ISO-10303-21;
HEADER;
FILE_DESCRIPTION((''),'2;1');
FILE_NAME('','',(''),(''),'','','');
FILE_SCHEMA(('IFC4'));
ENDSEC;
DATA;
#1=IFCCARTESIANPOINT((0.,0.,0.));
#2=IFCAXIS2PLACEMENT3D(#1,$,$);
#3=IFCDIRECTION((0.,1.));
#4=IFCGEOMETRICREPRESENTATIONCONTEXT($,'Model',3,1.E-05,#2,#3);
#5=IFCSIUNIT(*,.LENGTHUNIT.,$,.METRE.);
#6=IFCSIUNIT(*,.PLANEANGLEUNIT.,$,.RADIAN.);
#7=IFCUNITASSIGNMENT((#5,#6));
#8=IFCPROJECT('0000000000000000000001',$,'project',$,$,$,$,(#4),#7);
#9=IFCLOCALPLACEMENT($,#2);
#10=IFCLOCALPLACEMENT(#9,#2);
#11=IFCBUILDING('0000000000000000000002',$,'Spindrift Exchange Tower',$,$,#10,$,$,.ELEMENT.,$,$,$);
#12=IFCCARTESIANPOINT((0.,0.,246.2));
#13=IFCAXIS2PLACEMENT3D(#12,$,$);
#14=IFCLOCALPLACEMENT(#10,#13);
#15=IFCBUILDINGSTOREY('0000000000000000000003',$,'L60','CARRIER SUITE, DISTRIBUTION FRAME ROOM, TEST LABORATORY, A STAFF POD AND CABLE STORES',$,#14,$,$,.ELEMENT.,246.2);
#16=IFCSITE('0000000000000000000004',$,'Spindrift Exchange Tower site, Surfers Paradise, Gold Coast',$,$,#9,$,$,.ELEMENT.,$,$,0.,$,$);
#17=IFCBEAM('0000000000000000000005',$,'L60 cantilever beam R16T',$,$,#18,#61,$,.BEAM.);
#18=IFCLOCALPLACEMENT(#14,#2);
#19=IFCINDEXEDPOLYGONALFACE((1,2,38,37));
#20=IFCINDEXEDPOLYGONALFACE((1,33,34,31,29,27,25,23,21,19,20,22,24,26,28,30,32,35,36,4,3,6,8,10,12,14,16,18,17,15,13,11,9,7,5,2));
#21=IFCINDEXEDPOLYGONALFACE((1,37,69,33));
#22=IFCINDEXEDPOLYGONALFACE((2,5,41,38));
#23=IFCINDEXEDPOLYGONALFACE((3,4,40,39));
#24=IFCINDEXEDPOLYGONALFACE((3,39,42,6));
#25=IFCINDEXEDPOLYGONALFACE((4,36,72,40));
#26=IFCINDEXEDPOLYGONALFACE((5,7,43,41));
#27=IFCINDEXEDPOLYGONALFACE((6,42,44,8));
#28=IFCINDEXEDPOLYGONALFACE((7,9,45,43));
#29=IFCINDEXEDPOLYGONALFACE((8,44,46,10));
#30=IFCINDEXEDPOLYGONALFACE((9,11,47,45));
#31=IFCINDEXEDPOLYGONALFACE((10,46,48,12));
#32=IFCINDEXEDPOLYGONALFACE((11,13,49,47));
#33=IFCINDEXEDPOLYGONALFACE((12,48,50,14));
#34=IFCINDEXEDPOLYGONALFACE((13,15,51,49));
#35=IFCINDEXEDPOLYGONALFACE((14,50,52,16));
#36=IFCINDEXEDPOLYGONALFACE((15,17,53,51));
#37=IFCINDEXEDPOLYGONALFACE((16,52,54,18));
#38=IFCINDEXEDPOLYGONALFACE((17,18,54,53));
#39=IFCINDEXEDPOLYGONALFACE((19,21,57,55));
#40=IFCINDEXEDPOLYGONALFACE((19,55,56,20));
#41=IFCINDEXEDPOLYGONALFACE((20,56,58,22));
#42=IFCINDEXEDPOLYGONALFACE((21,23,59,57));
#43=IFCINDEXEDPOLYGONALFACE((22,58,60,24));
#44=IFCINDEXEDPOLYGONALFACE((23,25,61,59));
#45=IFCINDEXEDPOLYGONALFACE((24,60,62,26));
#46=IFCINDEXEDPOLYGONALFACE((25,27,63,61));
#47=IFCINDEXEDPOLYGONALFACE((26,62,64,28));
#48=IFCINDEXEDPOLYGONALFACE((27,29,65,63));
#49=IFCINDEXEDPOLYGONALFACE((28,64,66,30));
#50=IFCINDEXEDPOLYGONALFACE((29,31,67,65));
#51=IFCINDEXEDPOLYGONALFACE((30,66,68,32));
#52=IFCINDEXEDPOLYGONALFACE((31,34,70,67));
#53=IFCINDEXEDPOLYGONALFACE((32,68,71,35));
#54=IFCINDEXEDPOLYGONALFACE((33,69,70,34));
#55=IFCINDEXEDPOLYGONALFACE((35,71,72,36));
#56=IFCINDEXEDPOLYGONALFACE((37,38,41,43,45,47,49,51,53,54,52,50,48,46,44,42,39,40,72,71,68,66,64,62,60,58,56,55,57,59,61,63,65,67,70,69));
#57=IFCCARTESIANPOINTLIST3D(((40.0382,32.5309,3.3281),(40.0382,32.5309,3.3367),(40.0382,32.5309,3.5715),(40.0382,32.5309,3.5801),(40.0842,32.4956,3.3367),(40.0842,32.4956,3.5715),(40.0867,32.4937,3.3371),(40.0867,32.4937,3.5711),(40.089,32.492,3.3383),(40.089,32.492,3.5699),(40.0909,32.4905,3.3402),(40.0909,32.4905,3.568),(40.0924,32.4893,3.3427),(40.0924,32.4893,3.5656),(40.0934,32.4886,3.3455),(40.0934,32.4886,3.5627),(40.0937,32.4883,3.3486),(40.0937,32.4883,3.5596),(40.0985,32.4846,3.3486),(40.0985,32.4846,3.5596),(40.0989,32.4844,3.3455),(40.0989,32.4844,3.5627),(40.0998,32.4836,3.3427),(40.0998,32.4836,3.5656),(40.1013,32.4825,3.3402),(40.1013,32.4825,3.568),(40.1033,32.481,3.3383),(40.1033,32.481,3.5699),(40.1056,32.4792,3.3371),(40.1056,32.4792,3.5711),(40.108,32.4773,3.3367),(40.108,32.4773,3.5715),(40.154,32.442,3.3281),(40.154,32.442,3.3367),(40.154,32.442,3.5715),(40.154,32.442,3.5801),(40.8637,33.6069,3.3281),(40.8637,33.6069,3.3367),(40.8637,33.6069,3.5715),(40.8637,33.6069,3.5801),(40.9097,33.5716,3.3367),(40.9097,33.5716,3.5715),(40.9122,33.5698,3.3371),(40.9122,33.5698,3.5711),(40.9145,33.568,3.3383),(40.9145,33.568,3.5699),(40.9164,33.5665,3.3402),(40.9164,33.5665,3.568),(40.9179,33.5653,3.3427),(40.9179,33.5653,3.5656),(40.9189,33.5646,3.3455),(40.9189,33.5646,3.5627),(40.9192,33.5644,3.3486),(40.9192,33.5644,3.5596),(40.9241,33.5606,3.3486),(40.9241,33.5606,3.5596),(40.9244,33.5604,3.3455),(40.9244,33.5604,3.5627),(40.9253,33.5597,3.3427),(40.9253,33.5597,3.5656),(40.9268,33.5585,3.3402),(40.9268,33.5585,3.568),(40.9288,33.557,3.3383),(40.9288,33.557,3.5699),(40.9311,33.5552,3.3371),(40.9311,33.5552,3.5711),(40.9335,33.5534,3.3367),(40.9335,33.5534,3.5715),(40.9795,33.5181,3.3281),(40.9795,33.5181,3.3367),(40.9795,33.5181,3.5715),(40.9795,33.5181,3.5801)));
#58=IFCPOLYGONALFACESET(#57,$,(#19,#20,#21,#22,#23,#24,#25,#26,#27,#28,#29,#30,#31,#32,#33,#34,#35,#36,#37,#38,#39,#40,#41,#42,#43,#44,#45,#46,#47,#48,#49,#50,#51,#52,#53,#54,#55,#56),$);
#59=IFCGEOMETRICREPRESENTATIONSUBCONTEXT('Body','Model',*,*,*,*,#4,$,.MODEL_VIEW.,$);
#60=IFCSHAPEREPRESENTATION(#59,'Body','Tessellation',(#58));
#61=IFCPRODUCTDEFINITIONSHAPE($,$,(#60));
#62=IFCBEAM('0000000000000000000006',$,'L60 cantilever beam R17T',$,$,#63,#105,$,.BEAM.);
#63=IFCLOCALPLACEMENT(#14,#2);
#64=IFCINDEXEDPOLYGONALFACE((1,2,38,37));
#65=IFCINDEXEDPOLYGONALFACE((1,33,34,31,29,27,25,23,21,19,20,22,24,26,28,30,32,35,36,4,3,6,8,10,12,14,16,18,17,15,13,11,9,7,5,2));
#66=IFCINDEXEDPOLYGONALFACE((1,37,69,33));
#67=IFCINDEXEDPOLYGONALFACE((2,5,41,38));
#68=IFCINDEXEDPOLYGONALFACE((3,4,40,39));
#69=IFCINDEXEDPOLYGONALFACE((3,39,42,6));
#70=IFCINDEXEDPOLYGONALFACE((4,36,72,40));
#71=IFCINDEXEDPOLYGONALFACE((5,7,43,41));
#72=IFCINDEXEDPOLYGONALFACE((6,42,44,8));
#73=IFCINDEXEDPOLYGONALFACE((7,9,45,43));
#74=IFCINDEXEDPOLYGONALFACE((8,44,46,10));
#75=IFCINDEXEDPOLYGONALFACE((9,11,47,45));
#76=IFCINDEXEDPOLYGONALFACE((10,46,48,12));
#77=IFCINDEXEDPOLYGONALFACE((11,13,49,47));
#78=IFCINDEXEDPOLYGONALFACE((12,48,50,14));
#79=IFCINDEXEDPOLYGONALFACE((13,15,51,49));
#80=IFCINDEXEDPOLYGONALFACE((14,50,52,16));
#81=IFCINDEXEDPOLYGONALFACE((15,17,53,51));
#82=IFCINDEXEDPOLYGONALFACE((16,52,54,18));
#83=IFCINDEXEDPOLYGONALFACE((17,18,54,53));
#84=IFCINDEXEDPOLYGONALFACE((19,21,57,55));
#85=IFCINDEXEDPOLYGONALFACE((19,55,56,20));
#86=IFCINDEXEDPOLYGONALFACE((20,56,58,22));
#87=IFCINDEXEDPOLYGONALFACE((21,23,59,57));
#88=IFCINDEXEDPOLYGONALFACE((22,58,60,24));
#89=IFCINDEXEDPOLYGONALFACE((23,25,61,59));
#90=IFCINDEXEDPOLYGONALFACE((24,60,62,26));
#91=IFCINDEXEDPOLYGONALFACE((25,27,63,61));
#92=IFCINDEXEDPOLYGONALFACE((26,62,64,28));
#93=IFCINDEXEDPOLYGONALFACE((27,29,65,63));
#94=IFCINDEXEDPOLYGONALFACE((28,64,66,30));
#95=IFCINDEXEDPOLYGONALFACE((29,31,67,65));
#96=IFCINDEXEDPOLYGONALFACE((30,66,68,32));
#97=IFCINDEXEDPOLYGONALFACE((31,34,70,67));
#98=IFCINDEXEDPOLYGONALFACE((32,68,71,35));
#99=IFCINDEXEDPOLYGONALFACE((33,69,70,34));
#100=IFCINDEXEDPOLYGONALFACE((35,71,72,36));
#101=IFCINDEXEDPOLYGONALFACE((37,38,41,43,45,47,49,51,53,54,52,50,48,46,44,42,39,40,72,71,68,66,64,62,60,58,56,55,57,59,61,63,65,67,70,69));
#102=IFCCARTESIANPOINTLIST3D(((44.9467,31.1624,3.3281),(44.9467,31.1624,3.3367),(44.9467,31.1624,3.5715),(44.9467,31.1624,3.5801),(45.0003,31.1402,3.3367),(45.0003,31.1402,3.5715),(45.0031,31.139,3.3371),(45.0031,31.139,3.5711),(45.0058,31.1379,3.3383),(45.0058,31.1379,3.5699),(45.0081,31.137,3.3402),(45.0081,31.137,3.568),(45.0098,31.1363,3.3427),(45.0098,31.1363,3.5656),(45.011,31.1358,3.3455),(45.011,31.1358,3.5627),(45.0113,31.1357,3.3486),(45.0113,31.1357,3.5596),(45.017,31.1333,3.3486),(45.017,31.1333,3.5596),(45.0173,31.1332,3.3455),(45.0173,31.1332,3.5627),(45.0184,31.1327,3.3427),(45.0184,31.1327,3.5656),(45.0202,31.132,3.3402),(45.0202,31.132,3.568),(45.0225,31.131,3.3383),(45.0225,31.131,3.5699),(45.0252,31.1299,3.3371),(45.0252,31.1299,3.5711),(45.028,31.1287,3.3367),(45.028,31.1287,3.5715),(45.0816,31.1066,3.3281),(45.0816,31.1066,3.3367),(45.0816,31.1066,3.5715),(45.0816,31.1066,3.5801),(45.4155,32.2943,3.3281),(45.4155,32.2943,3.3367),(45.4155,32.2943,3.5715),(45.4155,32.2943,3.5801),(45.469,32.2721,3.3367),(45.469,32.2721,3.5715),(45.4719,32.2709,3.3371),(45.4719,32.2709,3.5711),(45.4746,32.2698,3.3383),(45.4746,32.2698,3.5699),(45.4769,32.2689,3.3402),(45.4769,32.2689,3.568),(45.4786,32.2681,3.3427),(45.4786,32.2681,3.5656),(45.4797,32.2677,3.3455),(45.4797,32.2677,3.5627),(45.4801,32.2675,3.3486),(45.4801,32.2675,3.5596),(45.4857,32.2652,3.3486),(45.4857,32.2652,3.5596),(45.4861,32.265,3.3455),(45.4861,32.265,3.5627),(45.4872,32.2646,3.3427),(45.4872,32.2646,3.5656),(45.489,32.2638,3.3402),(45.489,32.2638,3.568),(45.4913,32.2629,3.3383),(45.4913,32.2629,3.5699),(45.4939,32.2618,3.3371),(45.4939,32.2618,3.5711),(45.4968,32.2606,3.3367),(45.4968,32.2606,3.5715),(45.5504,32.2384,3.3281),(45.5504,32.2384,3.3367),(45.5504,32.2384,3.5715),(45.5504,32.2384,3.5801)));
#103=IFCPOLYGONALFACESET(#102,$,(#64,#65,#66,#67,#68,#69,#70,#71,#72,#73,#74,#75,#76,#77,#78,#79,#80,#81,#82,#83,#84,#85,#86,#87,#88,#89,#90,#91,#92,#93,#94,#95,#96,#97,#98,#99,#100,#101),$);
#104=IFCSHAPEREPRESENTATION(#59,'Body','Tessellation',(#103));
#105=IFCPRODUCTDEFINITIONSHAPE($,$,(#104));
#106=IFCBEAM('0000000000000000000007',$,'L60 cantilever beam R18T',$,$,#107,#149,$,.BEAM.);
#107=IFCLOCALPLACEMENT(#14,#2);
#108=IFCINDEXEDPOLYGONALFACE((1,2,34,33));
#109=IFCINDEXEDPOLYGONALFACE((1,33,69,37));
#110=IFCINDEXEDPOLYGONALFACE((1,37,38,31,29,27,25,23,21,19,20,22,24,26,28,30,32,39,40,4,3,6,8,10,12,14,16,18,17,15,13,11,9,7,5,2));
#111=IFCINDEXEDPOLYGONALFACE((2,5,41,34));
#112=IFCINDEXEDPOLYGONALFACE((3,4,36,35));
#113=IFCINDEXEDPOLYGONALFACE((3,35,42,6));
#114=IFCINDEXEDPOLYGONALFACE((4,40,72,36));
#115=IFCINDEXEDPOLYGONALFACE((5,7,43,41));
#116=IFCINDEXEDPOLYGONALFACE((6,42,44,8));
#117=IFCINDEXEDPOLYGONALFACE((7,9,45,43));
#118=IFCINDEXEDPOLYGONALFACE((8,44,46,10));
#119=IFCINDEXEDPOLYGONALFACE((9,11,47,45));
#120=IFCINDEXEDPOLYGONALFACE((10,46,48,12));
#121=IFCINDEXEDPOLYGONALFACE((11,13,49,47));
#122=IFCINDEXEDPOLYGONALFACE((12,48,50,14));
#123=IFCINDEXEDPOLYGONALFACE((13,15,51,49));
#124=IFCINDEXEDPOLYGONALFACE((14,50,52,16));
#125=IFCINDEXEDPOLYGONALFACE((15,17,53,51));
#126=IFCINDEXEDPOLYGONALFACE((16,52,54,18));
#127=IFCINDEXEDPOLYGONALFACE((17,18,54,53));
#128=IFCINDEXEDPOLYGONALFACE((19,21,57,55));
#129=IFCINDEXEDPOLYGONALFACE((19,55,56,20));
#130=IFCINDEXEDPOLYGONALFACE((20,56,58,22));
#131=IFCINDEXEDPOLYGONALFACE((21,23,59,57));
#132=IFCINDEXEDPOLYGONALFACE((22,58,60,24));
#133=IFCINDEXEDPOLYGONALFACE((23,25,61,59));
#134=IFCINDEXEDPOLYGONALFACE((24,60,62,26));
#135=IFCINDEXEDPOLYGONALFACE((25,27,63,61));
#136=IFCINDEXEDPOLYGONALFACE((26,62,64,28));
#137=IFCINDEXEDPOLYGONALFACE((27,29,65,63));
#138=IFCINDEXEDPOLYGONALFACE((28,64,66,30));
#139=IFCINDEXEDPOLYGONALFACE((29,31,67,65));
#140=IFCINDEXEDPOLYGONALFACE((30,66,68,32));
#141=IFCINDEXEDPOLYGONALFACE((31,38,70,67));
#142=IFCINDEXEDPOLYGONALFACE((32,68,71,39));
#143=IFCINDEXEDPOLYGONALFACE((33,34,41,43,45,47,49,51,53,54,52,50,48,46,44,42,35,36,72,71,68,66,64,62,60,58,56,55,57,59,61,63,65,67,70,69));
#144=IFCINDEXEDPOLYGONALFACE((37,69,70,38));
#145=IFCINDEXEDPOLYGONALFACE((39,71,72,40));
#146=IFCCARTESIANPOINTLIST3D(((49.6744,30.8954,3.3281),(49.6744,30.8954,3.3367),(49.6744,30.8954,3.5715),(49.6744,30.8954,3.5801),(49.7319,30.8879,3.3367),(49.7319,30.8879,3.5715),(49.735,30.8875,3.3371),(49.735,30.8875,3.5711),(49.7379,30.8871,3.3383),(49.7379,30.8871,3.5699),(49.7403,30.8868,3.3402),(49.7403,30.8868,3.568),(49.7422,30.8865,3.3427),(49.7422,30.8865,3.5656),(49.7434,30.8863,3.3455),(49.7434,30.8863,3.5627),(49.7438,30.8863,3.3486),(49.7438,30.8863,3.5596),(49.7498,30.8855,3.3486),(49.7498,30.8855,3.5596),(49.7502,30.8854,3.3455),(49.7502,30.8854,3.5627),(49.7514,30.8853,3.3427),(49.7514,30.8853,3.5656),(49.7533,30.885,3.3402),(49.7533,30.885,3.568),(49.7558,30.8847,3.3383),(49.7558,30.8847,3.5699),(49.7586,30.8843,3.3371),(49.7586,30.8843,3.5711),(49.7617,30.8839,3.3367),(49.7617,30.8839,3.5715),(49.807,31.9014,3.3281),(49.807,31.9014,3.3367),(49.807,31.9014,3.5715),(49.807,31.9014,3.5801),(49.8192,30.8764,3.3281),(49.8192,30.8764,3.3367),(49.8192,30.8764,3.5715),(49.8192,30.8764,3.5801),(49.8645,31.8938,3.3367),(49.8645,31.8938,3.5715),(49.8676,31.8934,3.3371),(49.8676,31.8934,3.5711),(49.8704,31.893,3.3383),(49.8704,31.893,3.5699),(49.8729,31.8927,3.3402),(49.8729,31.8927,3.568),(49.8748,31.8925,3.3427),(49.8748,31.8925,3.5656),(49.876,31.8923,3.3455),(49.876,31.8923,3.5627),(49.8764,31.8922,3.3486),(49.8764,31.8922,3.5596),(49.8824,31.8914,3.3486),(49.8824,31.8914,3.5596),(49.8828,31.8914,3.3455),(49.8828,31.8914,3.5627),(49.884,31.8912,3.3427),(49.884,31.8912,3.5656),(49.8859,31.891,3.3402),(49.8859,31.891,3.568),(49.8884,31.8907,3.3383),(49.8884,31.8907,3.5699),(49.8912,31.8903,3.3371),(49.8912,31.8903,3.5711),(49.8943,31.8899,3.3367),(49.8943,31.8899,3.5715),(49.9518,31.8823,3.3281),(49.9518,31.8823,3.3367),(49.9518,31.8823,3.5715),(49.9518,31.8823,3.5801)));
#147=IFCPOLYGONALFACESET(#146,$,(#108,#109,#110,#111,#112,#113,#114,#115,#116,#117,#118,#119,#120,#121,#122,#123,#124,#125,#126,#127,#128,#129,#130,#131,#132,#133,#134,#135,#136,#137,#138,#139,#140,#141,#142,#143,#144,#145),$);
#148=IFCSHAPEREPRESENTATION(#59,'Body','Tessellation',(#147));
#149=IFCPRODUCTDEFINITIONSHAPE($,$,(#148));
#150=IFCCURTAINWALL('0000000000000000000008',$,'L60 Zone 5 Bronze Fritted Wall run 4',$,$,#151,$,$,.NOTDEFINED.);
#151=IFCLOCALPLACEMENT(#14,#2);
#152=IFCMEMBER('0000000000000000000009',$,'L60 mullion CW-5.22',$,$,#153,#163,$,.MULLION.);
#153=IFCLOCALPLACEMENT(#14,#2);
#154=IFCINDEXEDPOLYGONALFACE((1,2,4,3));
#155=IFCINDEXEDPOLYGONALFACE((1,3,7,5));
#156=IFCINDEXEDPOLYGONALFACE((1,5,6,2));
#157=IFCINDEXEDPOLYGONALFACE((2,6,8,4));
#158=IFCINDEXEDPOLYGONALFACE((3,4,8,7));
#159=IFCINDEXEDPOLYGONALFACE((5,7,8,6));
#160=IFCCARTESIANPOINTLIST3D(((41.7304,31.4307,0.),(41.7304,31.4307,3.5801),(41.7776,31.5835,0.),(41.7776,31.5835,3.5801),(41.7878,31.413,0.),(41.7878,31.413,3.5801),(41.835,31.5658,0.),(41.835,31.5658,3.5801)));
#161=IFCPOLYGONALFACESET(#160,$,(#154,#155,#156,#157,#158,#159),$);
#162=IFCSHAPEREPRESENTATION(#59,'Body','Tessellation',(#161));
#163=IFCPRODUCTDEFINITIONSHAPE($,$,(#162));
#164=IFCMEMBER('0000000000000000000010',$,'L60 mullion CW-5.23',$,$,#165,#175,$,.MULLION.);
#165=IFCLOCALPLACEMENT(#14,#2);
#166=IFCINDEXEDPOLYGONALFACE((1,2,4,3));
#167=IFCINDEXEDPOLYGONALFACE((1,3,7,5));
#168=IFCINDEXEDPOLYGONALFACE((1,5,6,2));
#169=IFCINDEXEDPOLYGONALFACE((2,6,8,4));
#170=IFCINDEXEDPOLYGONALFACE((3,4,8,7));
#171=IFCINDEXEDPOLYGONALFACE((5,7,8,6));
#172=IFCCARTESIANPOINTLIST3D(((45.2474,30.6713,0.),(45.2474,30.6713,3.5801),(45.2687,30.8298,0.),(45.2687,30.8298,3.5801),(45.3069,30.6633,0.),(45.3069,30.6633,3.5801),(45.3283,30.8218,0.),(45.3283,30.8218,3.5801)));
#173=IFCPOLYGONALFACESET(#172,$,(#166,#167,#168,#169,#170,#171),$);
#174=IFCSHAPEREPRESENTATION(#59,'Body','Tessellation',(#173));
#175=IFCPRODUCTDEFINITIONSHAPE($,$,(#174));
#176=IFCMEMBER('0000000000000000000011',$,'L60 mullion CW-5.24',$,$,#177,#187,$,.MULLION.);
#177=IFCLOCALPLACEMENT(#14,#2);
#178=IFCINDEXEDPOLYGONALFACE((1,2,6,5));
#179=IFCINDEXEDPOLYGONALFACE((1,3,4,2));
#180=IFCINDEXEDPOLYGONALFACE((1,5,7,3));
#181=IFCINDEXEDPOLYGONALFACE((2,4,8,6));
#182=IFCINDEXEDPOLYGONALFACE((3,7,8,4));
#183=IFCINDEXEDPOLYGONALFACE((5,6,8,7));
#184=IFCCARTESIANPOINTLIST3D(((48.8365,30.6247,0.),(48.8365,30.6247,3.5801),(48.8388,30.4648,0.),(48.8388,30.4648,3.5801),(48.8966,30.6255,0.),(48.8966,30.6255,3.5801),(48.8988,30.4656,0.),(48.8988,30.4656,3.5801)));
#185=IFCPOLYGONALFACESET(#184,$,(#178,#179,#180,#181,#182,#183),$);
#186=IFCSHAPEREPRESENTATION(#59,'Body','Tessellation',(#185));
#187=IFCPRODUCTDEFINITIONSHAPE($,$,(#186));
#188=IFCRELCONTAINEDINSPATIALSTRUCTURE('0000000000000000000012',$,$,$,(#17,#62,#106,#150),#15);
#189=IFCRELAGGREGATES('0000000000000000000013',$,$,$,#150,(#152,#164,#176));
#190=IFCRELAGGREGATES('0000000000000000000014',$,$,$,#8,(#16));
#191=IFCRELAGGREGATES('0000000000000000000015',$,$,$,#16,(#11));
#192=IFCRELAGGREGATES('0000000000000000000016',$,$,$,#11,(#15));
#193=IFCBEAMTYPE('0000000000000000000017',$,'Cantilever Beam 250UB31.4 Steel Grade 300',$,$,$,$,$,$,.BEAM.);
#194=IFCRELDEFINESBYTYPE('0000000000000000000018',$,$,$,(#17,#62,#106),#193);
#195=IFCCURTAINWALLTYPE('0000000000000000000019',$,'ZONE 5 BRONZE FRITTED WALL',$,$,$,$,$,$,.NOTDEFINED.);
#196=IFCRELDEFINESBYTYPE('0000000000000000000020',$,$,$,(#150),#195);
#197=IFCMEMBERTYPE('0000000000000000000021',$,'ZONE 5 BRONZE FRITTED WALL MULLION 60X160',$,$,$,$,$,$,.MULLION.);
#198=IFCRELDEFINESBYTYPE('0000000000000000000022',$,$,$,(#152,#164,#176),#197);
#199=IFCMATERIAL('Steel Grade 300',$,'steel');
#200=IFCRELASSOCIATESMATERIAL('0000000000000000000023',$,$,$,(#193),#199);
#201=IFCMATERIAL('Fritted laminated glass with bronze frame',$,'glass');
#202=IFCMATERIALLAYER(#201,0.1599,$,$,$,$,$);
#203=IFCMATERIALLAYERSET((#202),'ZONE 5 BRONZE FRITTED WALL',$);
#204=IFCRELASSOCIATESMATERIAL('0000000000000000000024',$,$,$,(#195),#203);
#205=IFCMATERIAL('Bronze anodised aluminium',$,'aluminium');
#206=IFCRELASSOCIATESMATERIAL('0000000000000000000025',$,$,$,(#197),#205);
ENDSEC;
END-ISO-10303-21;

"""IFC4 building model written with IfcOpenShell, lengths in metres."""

from ifc_helpers import new_model, si_unit, direction, frame, origin, origin_2d, place, context, subcontext, project, spatial, rectangle, i_section, extrude, source, transform, mapped, material, layer, layer_set, material_profile, profile_set, type_object, element, aggregate, save


model = new_model("IFC4")

# Units and contexts
model_context = context("Model", 3, precision=1e-05, world=origin(), true_north=direction((0.0, 1.0)))
body_context = subcontext(model_context, "Body", "Model", "MODEL_VIEW")
ifc_project = project(units=[si_unit("LENGTHUNIT", "METRE"), si_unit("PLANEANGLEUNIT", "RADIAN")], contexts=[model_context])

# Site, building, storey
site_placement = place(None, origin())
site = spatial("IfcSite", under=ifc_project, at=site_placement, Name="Spindrift Exchange Tower site, Surfers Paradise, Gold Coast", CompositionType="ELEMENT", RefElevation=0.0)
building_placement = place(site_placement, origin())
building = spatial("IfcBuilding", under=site, at=building_placement, Name="Spindrift Exchange Tower", CompositionType="ELEMENT")
storey_placement = place(building_placement, frame((0.0, 0.0, 246.2)))
storey = spatial("IfcBuildingStorey", under=building, at=storey_placement, Name="L60", Description="CARRIER SUITE, DISTRIBUTION FRAME ROOM, TEST LABORATORY, A STAFF POD AND CABLE STORES", CompositionType="ELEMENT", Elevation=246.2)

# Beams
ifc_material_1 = material(Name="Steel Grade 300", Category="steel")
ifc_material_profile_1 = material_profile(ifc_material_1, i_section(OverallWidth=0.146, OverallDepth=0.252, WebThickness=0.0061, FlangeThickness=0.0085, FilletRadius=0.012, at=origin_2d()), Name="250UB31.4")
ifc_profile_set_1 = profile_set([ifc_material_profile_1], Name="Steel Grade 300")
beam_type_1 = type_object("IfcBeamType", Name="Cantilever Beam 250UB31.4 Steel Grade 300", PredefinedType="BEAM", material=ifc_profile_set_1)
shared_shape_1 = source(origin(), body_context, "Body", "SweptSolid", [
    extrude(i_section(OverallWidth=0.146, OverallDepth=0.252, WebThickness=0.0061, FlangeThickness=0.0085, FilletRadius=0.012, at=origin_2d()), origin(), (0.0, 0.0, 1.0), 1.3562),
])
beam_1_placement = place(storey_placement, frame((40.9216, 33.5625, 3.4541), z_axis=(-0.608692, -0.793406, 0.0), x_axis=(0.793406, -0.608692, 0.0)))
element("IfcBeam", 1, at=beam_1_placement, inside=storey, type_object=beam_type_1, Name="L60 cantilever beam R16T", PredefinedType="BEAM", context=body_context, shape_type="MappedRepresentation", body=[
    mapped(shared_shape_1, transform((0.0, 0.0, 0.0), scale=1.0)),
])
shared_shape_2 = source(origin(), body_context, "Body", "SweptSolid", [
    extrude(i_section(OverallWidth=0.146, OverallDepth=0.252, WebThickness=0.0061, FlangeThickness=0.0085, FilletRadius=0.012, at=origin_2d()), origin(), (0.0, 0.0, 1.0), 1.2251),
])
beam_2_placement = place(storey_placement, frame((45.4829, 32.2664, 3.4541), z_axis=(-0.382633, -0.9239, 0.0), x_axis=(0.9239, -0.382633, 0.0)))
element("IfcBeam", 2, at=beam_2_placement, inside=storey, type_object=beam_type_1, Name="L60 cantilever beam R17T", PredefinedType="BEAM", context=body_context, shape_type="MappedRepresentation", body=[
    mapped(shared_shape_2, transform((0.0, 0.0, 0.0), scale=1.0)),
])
shared_shape_3 = source(origin(), body_context, "Body", "SweptSolid", [
    extrude(i_section(OverallWidth=0.146, OverallDepth=0.252, WebThickness=0.0061, FlangeThickness=0.0085, FilletRadius=0.012, at=origin_2d()), origin(), (0.0, 0.0, 1.0), 1.0146),
])
beam_3_placement = place(storey_placement, frame((49.8794, 31.8918, 3.4541), z_axis=(-0.130666, -0.991426, 0.0), x_axis=(0.991426, -0.130666, 0.0)))
element("IfcBeam", 3, at=beam_3_placement, inside=storey, type_object=beam_type_1, Name="L60 cantilever beam R18T", PredefinedType="BEAM", context=body_context, shape_type="MappedRepresentation", body=[
    mapped(shared_shape_3, transform((0.0, 0.0, 0.0), scale=1.0)),
])

# Curtain wall, members
ifc_material_2 = material(Name="Fritted laminated glass with bronze frame", Category="glass")
ifc_layer_1 = layer(ifc_material_2, 0.1599)
ifc_layer_set_1 = layer_set([ifc_layer_1], Name="ZONE 5 BRONZE FRITTED WALL")
curtain_wall_type = type_object("IfcCurtainWallType", Name="ZONE 5 BRONZE FRITTED WALL", PredefinedType="NOTDEFINED", material=ifc_layer_set_1)
curtain_wall_1_placement = place(storey_placement, origin())
curtain_wall_1 = element("IfcCurtainWall", 4, at=curtain_wall_1_placement, inside=storey, type_object=curtain_wall_type, Name="L60 Zone 5 Bronze Fritted Wall run 4", PredefinedType="NOTDEFINED")
ifc_material_3 = material(Name="Bronze anodised aluminium", Category="aluminium")
ifc_material_profile_2 = material_profile(ifc_material_3, rectangle(XDim=0.0601, YDim=0.1599, at=origin_2d()), Name="ZONE 5 BRONZE FRITTED WALL MULLION 60X160")
ifc_profile_set_2 = profile_set([ifc_material_profile_2], Name="Bronze anodised aluminium")
member_type_1 = type_object("IfcMemberType", Name="ZONE 5 BRONZE FRITTED WALL MULLION 60X160", PredefinedType="MULLION", material=ifc_profile_set_2)
shared_shape_4 = source(origin(), body_context, "Body", "SweptSolid", [
    extrude(rectangle(XDim=0.0601, YDim=0.1599, at=origin_2d()), origin(), (0.0, 0.0, 1.0), 3.5801),
])
member_1_placement = place(storey_placement, frame((41.7827, 31.4983, 0.0), z_axis=(0.0, 0.0, 1.0), x_axis=(0.955563, -0.294787, 0.0)))
member_1 = element("IfcMember", 5, at=member_1_placement, type_object=member_type_1, Name="L60 mullion CW-5.22", PredefinedType="MULLION", context=body_context, shape_type="MappedRepresentation", body=[
    mapped(shared_shape_4, transform((0.0, 0.0, 0.0), scale=1.0)),
])
member_2_placement = place(storey_placement, frame((45.2878, 30.7466, 0.0), z_axis=(0.0, 0.0, 1.0), x_axis=(0.99107, -0.133346, 0.0)))
member_2 = element("IfcMember", 6, at=member_2_placement, type_object=member_type_1, Name="L60 mullion CW-5.23", PredefinedType="MULLION", context=body_context, shape_type="MappedRepresentation", body=[
    mapped(shared_shape_4, transform((0.0, 0.0, 0.0), scale=1.0)),
])
member_3_placement = place(storey_placement, frame((48.8677, 30.5452, 0.0), z_axis=(0.0, 0.0, 1.0), x_axis=(0.999903, 0.013959, 0.0)))
member_3 = element("IfcMember", 7, at=member_3_placement, type_object=member_type_1, Name="L60 mullion CW-5.24", PredefinedType="MULLION", context=body_context, shape_type="MappedRepresentation", body=[
    mapped(shared_shape_4, transform((0.0, 0.0, 0.0), scale=1.0)),
])

aggregate(curtain_wall_1, [member_1, member_2, member_3])

save(model, "model.ifc")
